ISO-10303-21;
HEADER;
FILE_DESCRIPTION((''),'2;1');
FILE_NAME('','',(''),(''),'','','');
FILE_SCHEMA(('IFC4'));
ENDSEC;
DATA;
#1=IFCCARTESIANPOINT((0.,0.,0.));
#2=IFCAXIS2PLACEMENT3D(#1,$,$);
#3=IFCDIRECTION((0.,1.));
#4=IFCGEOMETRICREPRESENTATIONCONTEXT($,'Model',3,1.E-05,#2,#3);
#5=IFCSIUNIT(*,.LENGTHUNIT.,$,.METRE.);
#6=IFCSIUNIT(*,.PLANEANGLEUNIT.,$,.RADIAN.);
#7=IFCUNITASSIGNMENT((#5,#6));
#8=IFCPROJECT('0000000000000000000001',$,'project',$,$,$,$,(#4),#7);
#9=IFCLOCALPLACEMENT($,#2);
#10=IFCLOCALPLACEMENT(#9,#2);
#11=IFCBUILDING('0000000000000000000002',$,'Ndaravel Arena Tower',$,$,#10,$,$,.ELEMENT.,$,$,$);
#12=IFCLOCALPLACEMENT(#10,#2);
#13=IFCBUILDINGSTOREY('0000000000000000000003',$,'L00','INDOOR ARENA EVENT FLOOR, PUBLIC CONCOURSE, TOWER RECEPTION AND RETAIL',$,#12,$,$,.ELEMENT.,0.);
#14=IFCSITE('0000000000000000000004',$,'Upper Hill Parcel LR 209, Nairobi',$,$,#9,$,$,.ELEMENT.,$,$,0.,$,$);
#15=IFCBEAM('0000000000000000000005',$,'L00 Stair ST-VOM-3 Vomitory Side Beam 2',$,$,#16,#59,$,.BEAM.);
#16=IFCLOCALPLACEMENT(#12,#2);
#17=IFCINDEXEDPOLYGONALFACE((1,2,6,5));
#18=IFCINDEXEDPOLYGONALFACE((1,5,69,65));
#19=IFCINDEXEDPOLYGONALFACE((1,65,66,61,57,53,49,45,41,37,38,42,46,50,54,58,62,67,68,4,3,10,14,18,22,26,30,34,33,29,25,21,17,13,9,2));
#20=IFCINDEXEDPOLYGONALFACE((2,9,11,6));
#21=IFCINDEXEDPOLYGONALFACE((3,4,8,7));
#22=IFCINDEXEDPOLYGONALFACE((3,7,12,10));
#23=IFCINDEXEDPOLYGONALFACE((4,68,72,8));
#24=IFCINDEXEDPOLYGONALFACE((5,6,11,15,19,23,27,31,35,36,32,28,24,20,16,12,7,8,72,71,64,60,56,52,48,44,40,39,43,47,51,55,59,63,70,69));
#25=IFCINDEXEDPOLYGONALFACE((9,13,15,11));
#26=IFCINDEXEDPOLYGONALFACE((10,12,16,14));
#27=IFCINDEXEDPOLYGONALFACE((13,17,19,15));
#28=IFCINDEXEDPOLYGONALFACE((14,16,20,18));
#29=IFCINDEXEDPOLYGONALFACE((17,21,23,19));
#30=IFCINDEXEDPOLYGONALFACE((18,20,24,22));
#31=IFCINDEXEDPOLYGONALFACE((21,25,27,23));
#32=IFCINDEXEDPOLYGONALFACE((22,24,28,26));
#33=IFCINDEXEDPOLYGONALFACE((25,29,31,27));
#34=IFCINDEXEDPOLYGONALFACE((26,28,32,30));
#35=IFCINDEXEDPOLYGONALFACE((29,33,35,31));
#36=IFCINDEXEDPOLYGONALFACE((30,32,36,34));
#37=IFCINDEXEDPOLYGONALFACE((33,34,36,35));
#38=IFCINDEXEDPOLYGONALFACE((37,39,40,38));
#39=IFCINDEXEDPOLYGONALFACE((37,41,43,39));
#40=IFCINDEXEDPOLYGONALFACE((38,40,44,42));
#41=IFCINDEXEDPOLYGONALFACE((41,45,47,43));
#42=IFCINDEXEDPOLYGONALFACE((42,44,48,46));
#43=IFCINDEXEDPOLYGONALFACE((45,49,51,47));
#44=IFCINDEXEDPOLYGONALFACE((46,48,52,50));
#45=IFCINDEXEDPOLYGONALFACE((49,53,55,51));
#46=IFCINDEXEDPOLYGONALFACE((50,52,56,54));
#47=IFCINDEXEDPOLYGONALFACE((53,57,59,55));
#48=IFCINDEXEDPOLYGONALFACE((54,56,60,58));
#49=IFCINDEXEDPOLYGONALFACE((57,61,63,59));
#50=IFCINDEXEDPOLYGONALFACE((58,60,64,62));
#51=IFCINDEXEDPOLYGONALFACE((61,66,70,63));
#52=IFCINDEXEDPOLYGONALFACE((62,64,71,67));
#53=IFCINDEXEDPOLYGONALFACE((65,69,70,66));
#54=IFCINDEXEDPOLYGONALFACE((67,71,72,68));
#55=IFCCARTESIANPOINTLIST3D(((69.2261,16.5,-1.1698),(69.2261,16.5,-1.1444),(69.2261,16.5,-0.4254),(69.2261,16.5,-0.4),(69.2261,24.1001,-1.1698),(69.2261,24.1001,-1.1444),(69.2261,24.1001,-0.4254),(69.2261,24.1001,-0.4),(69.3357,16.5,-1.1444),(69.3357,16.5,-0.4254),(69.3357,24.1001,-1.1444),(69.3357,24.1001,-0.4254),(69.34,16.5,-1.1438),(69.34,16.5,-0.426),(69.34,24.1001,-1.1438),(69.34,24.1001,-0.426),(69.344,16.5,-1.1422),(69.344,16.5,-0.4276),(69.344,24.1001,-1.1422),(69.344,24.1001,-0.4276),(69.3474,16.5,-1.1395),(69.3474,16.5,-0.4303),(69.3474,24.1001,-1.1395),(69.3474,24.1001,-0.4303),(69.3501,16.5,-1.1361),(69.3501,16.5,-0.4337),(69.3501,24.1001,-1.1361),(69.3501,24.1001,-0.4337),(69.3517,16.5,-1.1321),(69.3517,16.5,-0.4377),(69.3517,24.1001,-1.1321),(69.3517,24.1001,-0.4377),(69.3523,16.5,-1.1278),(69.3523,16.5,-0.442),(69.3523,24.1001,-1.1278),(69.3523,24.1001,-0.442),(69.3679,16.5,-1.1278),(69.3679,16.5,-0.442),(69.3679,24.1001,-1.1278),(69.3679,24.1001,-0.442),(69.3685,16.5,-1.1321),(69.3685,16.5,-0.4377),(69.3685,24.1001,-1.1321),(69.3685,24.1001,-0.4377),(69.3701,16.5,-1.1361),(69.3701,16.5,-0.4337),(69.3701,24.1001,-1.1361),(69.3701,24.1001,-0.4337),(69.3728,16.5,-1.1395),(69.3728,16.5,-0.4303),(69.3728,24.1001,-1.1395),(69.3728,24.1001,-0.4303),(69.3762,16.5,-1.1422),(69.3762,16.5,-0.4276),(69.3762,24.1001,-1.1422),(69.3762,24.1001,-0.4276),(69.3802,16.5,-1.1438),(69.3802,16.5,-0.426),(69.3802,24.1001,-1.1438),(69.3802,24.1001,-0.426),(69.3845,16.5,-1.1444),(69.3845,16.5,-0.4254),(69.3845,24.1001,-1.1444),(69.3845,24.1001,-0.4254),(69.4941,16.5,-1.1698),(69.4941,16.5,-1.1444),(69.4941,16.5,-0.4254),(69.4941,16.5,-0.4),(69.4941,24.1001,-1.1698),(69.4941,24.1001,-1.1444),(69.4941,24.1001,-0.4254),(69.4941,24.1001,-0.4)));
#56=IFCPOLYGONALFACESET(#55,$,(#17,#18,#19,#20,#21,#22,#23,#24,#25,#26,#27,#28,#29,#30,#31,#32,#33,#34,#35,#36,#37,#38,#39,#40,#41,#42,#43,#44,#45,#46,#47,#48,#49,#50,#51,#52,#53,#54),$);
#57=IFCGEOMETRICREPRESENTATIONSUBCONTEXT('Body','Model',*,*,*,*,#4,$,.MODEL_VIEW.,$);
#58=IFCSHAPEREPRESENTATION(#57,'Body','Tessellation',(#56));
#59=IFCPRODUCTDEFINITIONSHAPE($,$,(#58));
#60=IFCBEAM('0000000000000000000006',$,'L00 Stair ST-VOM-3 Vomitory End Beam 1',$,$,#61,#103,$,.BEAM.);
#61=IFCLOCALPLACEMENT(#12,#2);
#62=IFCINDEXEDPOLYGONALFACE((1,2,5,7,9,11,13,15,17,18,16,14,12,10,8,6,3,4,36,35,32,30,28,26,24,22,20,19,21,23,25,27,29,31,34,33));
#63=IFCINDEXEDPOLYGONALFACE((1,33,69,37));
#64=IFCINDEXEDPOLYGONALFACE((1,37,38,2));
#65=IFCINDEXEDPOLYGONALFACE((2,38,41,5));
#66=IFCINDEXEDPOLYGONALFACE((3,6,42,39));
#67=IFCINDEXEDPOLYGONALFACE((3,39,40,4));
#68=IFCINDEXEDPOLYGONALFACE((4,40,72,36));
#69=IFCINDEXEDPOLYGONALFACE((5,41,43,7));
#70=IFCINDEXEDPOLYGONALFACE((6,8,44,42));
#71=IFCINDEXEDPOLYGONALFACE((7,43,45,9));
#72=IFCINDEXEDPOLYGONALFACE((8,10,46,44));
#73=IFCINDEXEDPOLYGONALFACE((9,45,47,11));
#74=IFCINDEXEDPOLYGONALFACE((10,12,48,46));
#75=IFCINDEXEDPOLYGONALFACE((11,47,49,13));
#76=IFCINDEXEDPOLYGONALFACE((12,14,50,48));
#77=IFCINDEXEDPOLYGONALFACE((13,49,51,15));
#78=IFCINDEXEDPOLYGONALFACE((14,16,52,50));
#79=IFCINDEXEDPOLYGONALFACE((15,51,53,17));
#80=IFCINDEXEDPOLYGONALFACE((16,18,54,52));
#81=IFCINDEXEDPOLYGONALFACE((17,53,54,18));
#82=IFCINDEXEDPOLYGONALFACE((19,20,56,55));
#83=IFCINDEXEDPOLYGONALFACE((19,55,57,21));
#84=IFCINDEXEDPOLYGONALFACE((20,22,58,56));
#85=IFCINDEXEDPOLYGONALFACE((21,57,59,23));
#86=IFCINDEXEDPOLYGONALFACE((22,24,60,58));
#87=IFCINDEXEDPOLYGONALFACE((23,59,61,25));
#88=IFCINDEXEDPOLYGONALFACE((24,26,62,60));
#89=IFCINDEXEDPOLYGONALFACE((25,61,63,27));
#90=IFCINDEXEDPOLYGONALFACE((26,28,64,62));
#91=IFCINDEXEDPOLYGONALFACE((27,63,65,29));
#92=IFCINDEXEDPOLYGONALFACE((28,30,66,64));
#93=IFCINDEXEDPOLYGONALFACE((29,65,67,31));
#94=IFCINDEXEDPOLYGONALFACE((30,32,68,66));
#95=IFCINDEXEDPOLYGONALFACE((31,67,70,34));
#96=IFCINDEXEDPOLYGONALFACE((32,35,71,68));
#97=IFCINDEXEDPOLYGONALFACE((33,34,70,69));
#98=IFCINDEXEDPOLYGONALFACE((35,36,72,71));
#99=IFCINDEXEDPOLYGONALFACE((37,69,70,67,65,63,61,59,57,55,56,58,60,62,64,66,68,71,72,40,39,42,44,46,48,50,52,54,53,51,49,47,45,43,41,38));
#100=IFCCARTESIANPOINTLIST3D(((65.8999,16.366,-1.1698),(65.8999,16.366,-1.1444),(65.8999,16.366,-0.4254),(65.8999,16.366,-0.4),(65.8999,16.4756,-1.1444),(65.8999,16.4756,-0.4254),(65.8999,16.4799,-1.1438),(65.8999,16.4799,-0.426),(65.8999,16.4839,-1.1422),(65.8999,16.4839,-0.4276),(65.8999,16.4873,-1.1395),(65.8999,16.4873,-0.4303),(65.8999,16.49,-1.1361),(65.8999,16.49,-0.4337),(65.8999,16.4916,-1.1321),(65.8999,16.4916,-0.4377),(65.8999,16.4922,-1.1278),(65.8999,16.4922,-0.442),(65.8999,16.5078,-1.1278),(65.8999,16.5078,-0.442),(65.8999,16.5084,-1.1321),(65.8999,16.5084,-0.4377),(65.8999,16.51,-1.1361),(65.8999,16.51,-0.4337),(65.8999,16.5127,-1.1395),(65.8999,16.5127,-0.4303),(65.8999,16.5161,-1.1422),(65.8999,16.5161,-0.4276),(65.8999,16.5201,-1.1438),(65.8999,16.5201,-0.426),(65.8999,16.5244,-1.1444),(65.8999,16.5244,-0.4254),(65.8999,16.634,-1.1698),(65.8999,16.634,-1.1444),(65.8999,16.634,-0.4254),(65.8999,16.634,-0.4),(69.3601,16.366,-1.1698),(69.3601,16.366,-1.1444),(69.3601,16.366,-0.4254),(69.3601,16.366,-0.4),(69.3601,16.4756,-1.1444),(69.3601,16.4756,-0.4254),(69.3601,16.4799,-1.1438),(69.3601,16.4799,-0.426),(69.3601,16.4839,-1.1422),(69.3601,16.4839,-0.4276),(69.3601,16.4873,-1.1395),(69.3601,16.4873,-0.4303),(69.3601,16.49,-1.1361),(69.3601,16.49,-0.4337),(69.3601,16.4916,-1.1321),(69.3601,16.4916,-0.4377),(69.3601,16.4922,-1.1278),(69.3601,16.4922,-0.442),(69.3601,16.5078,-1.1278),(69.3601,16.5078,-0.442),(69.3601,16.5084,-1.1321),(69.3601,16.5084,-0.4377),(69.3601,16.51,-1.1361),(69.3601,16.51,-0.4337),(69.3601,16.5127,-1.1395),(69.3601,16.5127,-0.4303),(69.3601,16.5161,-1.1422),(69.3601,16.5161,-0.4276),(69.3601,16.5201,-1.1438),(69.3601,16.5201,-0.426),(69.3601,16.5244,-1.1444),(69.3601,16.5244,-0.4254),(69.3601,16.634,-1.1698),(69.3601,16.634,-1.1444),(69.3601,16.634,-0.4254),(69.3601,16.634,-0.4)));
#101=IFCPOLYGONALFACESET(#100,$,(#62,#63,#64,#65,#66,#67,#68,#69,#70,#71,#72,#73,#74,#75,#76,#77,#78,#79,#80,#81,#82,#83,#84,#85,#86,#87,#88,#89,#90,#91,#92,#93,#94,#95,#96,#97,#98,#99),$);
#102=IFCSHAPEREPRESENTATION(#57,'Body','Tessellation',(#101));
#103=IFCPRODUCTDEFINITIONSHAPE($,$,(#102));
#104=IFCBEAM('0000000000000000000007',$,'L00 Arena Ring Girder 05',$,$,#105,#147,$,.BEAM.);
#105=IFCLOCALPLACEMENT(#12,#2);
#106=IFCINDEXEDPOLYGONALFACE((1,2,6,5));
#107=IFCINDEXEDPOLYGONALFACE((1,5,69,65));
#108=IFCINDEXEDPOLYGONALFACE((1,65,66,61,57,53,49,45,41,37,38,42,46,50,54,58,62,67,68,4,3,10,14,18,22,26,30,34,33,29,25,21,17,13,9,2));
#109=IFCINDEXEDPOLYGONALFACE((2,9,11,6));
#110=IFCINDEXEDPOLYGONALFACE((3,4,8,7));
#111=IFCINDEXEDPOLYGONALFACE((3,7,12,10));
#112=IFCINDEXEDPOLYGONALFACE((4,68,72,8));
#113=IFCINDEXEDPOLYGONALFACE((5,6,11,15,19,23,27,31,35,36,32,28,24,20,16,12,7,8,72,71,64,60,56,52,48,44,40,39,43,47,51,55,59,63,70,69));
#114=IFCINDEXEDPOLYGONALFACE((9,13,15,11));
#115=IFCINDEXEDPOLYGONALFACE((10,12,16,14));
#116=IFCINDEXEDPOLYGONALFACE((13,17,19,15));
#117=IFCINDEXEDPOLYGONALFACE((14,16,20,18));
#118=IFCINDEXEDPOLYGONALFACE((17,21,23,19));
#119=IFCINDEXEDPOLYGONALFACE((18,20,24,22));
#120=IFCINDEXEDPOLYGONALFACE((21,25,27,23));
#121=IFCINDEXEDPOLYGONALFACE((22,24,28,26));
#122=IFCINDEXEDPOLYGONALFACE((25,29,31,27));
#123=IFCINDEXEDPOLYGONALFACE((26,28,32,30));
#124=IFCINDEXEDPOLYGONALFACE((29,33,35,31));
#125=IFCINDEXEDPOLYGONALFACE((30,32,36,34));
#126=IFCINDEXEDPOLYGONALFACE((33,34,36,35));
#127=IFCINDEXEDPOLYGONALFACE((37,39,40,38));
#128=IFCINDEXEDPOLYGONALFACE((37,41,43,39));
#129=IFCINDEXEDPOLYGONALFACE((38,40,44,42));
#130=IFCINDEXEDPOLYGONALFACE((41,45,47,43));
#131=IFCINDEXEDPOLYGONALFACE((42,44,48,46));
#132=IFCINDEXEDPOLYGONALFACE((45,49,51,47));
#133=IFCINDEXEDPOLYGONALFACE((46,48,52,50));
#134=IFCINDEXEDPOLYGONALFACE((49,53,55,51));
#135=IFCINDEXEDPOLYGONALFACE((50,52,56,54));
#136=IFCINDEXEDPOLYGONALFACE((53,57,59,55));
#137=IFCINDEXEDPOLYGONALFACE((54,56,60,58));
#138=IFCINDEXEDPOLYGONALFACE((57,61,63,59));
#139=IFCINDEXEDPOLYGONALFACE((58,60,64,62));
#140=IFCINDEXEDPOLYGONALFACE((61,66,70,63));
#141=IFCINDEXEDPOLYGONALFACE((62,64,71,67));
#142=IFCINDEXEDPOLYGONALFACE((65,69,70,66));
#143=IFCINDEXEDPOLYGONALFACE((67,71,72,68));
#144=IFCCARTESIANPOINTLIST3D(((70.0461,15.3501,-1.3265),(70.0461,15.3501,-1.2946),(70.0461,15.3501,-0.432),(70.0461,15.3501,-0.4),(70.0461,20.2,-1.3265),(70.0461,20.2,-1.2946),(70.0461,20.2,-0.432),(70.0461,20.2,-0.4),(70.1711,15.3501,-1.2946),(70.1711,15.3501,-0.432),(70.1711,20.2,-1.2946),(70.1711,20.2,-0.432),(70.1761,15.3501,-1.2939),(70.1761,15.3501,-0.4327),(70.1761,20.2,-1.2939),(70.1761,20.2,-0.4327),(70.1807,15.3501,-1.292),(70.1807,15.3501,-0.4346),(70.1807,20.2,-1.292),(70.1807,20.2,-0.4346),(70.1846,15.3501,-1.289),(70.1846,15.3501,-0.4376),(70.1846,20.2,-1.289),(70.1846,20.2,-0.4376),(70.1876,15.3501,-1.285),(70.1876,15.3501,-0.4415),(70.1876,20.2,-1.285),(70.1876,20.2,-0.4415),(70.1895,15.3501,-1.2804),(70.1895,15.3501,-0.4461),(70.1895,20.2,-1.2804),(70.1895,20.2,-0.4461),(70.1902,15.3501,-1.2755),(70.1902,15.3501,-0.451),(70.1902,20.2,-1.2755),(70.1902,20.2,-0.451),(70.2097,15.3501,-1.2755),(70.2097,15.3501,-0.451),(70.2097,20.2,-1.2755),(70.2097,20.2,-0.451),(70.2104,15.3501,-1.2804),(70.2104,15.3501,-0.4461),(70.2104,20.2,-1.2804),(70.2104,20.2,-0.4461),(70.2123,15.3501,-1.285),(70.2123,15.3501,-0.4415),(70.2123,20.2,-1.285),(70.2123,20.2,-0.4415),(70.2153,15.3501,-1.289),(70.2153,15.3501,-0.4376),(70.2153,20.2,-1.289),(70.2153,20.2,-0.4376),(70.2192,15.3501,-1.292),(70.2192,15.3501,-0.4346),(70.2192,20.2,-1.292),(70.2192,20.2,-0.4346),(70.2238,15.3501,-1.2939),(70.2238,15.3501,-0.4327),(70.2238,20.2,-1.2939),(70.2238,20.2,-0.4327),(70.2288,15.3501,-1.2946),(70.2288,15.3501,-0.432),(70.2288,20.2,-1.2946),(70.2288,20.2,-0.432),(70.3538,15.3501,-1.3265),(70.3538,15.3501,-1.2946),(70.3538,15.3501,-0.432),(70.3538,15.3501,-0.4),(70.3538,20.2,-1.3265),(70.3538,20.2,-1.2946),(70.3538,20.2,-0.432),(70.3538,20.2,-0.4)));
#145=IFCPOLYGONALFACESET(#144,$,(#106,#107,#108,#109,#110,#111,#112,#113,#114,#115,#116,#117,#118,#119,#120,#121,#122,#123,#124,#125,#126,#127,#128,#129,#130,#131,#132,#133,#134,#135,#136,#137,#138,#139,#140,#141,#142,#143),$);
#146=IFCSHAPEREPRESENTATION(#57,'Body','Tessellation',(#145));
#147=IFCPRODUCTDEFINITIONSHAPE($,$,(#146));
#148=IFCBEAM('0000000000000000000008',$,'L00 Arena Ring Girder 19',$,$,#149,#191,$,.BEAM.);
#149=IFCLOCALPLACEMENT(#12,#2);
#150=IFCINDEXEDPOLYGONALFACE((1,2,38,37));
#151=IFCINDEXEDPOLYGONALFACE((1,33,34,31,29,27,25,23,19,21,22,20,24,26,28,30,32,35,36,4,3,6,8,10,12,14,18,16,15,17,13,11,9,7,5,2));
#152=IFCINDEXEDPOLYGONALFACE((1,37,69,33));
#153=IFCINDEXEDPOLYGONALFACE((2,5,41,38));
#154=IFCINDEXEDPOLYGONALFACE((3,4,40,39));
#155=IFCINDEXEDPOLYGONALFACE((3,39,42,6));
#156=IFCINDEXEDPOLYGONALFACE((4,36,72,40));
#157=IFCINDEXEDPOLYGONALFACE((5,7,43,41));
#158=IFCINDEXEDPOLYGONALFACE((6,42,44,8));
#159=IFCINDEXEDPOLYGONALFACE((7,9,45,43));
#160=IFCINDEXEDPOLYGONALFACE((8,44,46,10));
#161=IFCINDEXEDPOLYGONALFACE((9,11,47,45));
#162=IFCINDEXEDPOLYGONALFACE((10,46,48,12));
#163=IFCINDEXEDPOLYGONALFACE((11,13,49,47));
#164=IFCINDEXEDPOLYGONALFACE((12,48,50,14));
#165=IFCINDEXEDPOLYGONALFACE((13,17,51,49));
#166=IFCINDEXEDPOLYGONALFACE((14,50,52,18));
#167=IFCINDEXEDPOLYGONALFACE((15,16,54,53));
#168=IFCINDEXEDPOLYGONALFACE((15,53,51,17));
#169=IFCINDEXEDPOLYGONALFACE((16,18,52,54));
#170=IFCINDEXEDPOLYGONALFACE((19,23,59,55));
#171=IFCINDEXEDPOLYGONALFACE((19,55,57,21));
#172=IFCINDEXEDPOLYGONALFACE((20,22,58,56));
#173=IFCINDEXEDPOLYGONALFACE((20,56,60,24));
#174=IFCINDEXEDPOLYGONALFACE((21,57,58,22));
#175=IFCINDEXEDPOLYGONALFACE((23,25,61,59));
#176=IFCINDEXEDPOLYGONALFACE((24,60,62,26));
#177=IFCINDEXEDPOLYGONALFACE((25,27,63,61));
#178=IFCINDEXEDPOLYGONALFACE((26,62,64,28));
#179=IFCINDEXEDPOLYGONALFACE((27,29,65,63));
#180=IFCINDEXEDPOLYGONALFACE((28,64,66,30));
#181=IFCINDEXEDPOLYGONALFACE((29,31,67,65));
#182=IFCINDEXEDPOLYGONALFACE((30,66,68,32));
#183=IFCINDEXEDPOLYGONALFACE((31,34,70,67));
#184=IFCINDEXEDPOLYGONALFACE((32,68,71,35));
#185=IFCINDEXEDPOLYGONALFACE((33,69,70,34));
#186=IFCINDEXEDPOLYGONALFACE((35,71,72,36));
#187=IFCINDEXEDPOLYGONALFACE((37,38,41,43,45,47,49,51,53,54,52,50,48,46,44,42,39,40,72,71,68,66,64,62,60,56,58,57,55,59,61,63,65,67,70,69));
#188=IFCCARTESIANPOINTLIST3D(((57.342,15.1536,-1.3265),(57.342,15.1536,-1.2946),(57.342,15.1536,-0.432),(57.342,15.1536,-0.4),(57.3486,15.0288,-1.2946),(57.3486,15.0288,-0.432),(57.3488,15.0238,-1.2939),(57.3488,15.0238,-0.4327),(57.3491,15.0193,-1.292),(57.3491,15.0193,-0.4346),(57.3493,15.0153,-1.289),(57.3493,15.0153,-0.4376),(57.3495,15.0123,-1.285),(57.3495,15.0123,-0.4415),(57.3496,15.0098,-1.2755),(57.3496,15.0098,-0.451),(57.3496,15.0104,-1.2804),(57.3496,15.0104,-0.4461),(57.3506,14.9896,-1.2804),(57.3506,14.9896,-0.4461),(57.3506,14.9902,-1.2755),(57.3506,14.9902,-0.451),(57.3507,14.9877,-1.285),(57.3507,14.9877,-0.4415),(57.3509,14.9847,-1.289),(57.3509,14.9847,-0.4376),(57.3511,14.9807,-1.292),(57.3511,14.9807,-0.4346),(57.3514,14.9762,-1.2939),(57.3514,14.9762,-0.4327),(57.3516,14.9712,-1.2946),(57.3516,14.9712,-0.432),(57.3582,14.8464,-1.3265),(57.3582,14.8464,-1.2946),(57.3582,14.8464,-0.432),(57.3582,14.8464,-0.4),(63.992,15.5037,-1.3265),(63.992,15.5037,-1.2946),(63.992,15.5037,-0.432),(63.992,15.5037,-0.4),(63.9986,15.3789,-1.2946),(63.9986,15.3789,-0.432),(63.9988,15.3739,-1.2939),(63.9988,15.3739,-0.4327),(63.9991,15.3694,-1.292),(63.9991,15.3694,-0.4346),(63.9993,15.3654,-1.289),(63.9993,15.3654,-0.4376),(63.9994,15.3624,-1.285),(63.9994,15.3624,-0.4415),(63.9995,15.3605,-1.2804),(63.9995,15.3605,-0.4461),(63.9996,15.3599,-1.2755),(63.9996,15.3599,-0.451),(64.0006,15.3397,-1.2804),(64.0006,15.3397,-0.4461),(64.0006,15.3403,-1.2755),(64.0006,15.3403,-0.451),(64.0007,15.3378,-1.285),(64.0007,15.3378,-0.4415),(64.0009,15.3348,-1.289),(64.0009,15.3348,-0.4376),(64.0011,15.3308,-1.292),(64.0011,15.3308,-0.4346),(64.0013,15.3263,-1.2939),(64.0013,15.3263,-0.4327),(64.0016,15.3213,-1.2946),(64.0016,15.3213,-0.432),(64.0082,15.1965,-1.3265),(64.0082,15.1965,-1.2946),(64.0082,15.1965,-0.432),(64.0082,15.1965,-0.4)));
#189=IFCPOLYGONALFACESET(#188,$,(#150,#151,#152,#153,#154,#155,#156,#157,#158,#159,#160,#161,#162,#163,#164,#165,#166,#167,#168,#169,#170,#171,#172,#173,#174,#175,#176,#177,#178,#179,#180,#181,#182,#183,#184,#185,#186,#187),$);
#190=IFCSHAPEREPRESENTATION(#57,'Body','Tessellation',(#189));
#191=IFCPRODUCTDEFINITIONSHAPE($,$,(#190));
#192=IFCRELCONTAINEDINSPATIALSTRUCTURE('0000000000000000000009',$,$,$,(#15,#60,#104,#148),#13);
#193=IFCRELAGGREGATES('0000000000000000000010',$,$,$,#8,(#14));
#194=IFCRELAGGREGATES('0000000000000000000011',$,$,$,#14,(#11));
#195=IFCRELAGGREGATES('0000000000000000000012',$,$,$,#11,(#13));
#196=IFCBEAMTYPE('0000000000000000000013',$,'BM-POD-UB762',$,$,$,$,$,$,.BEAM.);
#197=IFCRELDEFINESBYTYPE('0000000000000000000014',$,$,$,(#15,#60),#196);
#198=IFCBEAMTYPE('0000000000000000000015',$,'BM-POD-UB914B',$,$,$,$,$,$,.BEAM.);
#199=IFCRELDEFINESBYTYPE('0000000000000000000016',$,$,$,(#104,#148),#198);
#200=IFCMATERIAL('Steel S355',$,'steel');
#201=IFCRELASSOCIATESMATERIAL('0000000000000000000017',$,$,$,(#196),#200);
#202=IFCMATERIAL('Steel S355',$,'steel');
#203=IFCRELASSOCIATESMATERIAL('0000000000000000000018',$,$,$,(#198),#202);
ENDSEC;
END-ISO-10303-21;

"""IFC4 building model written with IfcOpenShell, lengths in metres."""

from ifc_helpers import new_model, si_unit, direction, frame, origin, origin_2d, place, context, subcontext, project, spatial, i_section, extrude, material, material_profile, profile_set, type_object, element, save


model = new_model("IFC4")

# Units and contexts
model_context = context("Model", 3, precision=1e-05, world=origin(), true_north=direction((0.0, 1.0)))
body_context = subcontext(model_context, "Body", "Model", "MODEL_VIEW")
ifc_project = project(units=[si_unit("LENGTHUNIT", "METRE"), si_unit("PLANEANGLEUNIT", "RADIAN")], contexts=[model_context])

# Site, building, storey
site_placement = place(None, origin())
site = spatial("IfcSite", under=ifc_project, at=site_placement, Name="Upper Hill Parcel LR 209, Nairobi", CompositionType="ELEMENT", RefElevation=0.0)
building_placement = place(site_placement, origin())
building = spatial("IfcBuilding", under=site, at=building_placement, Name="Ndaravel Arena Tower", CompositionType="ELEMENT")
storey_placement = place(building_placement, origin())
storey = spatial("IfcBuildingStorey", under=building, at=storey_placement, Name="L00", Description="INDOOR ARENA EVENT FLOOR, PUBLIC CONCOURSE, TOWER RECEPTION AND RETAIL", CompositionType="ELEMENT", Elevation=0.0)

# Beams
ifc_material_1 = material(Name="Steel S355", Category="steel")
ifc_material_profile_1 = material_profile(ifc_material_1, i_section(OverallWidth=0.2681, OverallDepth=0.7698, WebThickness=0.0156, FlangeThickness=0.0254, FilletRadius=0.0166, at=origin_2d()), Name="UB 762x267x197")
ifc_profile_set_1 = profile_set([ifc_material_profile_1], Name="Steel S355")
beam_type_1 = type_object("IfcBeamType", Name="BM-POD-UB762", PredefinedType="BEAM", material=ifc_profile_set_1)
for number, where, z_axis, x_axis, name in (
    (1, (69.3601, 16.5, -0.7849), (0.0, 1.0, 0.0), (-1.0, 0.0, 0.0), "L00 Stair ST-VOM-3 Vomitory Side Beam 2"),
):
    element("IfcBeam", number, at=place(storey_placement, frame(where, z_axis=z_axis, x_axis=x_axis)), inside=storey, type_object=beam_type_1, Name=name, PredefinedType="BEAM", context=body_context, shape_type="SweptSolid", body=[
        extrude(i_section(OverallWidth=0.2681, OverallDepth=0.7698, WebThickness=0.0156, FlangeThickness=0.0254, FilletRadius=0.0166, at=origin_2d()), origin(), (0.0, 0.0, 1.0), 7.6001),
    ])
beam_1_placement = place(storey_placement, frame((65.8999, 16.5, -0.7849), z_axis=(1.0, 0.0, 0.0), x_axis=(0.0, 1.0, 0.0)))
element("IfcBeam", 2, at=beam_1_placement, inside=storey, type_object=beam_type_1, Name="L00 Stair ST-VOM-3 Vomitory End Beam 1", PredefinedType="BEAM", context=body_context, shape_type="SweptSolid", body=[
    extrude(i_section(OverallWidth=0.2681, OverallDepth=0.7698, WebThickness=0.0156, FlangeThickness=0.0254, FilletRadius=0.0166, at=origin_2d()), origin(), (0.0, 0.0, 1.0), 3.4602),
])
ifc_material_2 = material(Name="Steel S355", Category="steel")
ifc_material_profile_2 = material_profile(ifc_material_2, i_section(OverallWidth=0.3076, OverallDepth=0.9265, WebThickness=0.0195, FlangeThickness=0.032, FilletRadius=0.019, at=origin_2d()), Name="UB 914x305x289")
ifc_profile_set_2 = profile_set([ifc_material_profile_2], Name="Steel S355")
beam_type_2 = type_object("IfcBeamType", Name="BM-POD-UB914B", PredefinedType="BEAM", material=ifc_profile_set_2)
beam_2_placement = place(storey_placement, frame((70.2, 15.3501, -0.8633), z_axis=(0.0, 1.0, 0.0), x_axis=(-1.0, 0.0, 0.0)))
element("IfcBeam", 3, at=beam_2_placement, inside=storey, type_object=beam_type_2, Name="L00 Arena Ring Girder 05", PredefinedType="BEAM", context=body_context, shape_type="SweptSolid", body=[
    extrude(i_section(OverallWidth=0.3076, OverallDepth=0.9265, WebThickness=0.0195, FlangeThickness=0.032, FilletRadius=0.019, at=origin_2d()), origin(), (0.0, 0.0, 1.0), 4.8499),
])
beam_3_placement = place(storey_placement, frame((57.3501, 15.0, -0.8633), z_axis=(0.998617, 0.052574, 0.0), x_axis=(-0.052574, 0.998617, 0.0)))
element("IfcBeam", 4, at=beam_3_placement, inside=storey, type_object=beam_type_2, Name="L00 Arena Ring Girder 19", PredefinedType="BEAM", context=body_context, shape_type="SweptSolid", body=[
    extrude(i_section(OverallWidth=0.3076, OverallDepth=0.9265, WebThickness=0.0195, FlangeThickness=0.032, FilletRadius=0.019, at=origin_2d()), origin(), (0.0, 0.0, 1.0), 6.6592),
])

save(model, "model.ifc")
